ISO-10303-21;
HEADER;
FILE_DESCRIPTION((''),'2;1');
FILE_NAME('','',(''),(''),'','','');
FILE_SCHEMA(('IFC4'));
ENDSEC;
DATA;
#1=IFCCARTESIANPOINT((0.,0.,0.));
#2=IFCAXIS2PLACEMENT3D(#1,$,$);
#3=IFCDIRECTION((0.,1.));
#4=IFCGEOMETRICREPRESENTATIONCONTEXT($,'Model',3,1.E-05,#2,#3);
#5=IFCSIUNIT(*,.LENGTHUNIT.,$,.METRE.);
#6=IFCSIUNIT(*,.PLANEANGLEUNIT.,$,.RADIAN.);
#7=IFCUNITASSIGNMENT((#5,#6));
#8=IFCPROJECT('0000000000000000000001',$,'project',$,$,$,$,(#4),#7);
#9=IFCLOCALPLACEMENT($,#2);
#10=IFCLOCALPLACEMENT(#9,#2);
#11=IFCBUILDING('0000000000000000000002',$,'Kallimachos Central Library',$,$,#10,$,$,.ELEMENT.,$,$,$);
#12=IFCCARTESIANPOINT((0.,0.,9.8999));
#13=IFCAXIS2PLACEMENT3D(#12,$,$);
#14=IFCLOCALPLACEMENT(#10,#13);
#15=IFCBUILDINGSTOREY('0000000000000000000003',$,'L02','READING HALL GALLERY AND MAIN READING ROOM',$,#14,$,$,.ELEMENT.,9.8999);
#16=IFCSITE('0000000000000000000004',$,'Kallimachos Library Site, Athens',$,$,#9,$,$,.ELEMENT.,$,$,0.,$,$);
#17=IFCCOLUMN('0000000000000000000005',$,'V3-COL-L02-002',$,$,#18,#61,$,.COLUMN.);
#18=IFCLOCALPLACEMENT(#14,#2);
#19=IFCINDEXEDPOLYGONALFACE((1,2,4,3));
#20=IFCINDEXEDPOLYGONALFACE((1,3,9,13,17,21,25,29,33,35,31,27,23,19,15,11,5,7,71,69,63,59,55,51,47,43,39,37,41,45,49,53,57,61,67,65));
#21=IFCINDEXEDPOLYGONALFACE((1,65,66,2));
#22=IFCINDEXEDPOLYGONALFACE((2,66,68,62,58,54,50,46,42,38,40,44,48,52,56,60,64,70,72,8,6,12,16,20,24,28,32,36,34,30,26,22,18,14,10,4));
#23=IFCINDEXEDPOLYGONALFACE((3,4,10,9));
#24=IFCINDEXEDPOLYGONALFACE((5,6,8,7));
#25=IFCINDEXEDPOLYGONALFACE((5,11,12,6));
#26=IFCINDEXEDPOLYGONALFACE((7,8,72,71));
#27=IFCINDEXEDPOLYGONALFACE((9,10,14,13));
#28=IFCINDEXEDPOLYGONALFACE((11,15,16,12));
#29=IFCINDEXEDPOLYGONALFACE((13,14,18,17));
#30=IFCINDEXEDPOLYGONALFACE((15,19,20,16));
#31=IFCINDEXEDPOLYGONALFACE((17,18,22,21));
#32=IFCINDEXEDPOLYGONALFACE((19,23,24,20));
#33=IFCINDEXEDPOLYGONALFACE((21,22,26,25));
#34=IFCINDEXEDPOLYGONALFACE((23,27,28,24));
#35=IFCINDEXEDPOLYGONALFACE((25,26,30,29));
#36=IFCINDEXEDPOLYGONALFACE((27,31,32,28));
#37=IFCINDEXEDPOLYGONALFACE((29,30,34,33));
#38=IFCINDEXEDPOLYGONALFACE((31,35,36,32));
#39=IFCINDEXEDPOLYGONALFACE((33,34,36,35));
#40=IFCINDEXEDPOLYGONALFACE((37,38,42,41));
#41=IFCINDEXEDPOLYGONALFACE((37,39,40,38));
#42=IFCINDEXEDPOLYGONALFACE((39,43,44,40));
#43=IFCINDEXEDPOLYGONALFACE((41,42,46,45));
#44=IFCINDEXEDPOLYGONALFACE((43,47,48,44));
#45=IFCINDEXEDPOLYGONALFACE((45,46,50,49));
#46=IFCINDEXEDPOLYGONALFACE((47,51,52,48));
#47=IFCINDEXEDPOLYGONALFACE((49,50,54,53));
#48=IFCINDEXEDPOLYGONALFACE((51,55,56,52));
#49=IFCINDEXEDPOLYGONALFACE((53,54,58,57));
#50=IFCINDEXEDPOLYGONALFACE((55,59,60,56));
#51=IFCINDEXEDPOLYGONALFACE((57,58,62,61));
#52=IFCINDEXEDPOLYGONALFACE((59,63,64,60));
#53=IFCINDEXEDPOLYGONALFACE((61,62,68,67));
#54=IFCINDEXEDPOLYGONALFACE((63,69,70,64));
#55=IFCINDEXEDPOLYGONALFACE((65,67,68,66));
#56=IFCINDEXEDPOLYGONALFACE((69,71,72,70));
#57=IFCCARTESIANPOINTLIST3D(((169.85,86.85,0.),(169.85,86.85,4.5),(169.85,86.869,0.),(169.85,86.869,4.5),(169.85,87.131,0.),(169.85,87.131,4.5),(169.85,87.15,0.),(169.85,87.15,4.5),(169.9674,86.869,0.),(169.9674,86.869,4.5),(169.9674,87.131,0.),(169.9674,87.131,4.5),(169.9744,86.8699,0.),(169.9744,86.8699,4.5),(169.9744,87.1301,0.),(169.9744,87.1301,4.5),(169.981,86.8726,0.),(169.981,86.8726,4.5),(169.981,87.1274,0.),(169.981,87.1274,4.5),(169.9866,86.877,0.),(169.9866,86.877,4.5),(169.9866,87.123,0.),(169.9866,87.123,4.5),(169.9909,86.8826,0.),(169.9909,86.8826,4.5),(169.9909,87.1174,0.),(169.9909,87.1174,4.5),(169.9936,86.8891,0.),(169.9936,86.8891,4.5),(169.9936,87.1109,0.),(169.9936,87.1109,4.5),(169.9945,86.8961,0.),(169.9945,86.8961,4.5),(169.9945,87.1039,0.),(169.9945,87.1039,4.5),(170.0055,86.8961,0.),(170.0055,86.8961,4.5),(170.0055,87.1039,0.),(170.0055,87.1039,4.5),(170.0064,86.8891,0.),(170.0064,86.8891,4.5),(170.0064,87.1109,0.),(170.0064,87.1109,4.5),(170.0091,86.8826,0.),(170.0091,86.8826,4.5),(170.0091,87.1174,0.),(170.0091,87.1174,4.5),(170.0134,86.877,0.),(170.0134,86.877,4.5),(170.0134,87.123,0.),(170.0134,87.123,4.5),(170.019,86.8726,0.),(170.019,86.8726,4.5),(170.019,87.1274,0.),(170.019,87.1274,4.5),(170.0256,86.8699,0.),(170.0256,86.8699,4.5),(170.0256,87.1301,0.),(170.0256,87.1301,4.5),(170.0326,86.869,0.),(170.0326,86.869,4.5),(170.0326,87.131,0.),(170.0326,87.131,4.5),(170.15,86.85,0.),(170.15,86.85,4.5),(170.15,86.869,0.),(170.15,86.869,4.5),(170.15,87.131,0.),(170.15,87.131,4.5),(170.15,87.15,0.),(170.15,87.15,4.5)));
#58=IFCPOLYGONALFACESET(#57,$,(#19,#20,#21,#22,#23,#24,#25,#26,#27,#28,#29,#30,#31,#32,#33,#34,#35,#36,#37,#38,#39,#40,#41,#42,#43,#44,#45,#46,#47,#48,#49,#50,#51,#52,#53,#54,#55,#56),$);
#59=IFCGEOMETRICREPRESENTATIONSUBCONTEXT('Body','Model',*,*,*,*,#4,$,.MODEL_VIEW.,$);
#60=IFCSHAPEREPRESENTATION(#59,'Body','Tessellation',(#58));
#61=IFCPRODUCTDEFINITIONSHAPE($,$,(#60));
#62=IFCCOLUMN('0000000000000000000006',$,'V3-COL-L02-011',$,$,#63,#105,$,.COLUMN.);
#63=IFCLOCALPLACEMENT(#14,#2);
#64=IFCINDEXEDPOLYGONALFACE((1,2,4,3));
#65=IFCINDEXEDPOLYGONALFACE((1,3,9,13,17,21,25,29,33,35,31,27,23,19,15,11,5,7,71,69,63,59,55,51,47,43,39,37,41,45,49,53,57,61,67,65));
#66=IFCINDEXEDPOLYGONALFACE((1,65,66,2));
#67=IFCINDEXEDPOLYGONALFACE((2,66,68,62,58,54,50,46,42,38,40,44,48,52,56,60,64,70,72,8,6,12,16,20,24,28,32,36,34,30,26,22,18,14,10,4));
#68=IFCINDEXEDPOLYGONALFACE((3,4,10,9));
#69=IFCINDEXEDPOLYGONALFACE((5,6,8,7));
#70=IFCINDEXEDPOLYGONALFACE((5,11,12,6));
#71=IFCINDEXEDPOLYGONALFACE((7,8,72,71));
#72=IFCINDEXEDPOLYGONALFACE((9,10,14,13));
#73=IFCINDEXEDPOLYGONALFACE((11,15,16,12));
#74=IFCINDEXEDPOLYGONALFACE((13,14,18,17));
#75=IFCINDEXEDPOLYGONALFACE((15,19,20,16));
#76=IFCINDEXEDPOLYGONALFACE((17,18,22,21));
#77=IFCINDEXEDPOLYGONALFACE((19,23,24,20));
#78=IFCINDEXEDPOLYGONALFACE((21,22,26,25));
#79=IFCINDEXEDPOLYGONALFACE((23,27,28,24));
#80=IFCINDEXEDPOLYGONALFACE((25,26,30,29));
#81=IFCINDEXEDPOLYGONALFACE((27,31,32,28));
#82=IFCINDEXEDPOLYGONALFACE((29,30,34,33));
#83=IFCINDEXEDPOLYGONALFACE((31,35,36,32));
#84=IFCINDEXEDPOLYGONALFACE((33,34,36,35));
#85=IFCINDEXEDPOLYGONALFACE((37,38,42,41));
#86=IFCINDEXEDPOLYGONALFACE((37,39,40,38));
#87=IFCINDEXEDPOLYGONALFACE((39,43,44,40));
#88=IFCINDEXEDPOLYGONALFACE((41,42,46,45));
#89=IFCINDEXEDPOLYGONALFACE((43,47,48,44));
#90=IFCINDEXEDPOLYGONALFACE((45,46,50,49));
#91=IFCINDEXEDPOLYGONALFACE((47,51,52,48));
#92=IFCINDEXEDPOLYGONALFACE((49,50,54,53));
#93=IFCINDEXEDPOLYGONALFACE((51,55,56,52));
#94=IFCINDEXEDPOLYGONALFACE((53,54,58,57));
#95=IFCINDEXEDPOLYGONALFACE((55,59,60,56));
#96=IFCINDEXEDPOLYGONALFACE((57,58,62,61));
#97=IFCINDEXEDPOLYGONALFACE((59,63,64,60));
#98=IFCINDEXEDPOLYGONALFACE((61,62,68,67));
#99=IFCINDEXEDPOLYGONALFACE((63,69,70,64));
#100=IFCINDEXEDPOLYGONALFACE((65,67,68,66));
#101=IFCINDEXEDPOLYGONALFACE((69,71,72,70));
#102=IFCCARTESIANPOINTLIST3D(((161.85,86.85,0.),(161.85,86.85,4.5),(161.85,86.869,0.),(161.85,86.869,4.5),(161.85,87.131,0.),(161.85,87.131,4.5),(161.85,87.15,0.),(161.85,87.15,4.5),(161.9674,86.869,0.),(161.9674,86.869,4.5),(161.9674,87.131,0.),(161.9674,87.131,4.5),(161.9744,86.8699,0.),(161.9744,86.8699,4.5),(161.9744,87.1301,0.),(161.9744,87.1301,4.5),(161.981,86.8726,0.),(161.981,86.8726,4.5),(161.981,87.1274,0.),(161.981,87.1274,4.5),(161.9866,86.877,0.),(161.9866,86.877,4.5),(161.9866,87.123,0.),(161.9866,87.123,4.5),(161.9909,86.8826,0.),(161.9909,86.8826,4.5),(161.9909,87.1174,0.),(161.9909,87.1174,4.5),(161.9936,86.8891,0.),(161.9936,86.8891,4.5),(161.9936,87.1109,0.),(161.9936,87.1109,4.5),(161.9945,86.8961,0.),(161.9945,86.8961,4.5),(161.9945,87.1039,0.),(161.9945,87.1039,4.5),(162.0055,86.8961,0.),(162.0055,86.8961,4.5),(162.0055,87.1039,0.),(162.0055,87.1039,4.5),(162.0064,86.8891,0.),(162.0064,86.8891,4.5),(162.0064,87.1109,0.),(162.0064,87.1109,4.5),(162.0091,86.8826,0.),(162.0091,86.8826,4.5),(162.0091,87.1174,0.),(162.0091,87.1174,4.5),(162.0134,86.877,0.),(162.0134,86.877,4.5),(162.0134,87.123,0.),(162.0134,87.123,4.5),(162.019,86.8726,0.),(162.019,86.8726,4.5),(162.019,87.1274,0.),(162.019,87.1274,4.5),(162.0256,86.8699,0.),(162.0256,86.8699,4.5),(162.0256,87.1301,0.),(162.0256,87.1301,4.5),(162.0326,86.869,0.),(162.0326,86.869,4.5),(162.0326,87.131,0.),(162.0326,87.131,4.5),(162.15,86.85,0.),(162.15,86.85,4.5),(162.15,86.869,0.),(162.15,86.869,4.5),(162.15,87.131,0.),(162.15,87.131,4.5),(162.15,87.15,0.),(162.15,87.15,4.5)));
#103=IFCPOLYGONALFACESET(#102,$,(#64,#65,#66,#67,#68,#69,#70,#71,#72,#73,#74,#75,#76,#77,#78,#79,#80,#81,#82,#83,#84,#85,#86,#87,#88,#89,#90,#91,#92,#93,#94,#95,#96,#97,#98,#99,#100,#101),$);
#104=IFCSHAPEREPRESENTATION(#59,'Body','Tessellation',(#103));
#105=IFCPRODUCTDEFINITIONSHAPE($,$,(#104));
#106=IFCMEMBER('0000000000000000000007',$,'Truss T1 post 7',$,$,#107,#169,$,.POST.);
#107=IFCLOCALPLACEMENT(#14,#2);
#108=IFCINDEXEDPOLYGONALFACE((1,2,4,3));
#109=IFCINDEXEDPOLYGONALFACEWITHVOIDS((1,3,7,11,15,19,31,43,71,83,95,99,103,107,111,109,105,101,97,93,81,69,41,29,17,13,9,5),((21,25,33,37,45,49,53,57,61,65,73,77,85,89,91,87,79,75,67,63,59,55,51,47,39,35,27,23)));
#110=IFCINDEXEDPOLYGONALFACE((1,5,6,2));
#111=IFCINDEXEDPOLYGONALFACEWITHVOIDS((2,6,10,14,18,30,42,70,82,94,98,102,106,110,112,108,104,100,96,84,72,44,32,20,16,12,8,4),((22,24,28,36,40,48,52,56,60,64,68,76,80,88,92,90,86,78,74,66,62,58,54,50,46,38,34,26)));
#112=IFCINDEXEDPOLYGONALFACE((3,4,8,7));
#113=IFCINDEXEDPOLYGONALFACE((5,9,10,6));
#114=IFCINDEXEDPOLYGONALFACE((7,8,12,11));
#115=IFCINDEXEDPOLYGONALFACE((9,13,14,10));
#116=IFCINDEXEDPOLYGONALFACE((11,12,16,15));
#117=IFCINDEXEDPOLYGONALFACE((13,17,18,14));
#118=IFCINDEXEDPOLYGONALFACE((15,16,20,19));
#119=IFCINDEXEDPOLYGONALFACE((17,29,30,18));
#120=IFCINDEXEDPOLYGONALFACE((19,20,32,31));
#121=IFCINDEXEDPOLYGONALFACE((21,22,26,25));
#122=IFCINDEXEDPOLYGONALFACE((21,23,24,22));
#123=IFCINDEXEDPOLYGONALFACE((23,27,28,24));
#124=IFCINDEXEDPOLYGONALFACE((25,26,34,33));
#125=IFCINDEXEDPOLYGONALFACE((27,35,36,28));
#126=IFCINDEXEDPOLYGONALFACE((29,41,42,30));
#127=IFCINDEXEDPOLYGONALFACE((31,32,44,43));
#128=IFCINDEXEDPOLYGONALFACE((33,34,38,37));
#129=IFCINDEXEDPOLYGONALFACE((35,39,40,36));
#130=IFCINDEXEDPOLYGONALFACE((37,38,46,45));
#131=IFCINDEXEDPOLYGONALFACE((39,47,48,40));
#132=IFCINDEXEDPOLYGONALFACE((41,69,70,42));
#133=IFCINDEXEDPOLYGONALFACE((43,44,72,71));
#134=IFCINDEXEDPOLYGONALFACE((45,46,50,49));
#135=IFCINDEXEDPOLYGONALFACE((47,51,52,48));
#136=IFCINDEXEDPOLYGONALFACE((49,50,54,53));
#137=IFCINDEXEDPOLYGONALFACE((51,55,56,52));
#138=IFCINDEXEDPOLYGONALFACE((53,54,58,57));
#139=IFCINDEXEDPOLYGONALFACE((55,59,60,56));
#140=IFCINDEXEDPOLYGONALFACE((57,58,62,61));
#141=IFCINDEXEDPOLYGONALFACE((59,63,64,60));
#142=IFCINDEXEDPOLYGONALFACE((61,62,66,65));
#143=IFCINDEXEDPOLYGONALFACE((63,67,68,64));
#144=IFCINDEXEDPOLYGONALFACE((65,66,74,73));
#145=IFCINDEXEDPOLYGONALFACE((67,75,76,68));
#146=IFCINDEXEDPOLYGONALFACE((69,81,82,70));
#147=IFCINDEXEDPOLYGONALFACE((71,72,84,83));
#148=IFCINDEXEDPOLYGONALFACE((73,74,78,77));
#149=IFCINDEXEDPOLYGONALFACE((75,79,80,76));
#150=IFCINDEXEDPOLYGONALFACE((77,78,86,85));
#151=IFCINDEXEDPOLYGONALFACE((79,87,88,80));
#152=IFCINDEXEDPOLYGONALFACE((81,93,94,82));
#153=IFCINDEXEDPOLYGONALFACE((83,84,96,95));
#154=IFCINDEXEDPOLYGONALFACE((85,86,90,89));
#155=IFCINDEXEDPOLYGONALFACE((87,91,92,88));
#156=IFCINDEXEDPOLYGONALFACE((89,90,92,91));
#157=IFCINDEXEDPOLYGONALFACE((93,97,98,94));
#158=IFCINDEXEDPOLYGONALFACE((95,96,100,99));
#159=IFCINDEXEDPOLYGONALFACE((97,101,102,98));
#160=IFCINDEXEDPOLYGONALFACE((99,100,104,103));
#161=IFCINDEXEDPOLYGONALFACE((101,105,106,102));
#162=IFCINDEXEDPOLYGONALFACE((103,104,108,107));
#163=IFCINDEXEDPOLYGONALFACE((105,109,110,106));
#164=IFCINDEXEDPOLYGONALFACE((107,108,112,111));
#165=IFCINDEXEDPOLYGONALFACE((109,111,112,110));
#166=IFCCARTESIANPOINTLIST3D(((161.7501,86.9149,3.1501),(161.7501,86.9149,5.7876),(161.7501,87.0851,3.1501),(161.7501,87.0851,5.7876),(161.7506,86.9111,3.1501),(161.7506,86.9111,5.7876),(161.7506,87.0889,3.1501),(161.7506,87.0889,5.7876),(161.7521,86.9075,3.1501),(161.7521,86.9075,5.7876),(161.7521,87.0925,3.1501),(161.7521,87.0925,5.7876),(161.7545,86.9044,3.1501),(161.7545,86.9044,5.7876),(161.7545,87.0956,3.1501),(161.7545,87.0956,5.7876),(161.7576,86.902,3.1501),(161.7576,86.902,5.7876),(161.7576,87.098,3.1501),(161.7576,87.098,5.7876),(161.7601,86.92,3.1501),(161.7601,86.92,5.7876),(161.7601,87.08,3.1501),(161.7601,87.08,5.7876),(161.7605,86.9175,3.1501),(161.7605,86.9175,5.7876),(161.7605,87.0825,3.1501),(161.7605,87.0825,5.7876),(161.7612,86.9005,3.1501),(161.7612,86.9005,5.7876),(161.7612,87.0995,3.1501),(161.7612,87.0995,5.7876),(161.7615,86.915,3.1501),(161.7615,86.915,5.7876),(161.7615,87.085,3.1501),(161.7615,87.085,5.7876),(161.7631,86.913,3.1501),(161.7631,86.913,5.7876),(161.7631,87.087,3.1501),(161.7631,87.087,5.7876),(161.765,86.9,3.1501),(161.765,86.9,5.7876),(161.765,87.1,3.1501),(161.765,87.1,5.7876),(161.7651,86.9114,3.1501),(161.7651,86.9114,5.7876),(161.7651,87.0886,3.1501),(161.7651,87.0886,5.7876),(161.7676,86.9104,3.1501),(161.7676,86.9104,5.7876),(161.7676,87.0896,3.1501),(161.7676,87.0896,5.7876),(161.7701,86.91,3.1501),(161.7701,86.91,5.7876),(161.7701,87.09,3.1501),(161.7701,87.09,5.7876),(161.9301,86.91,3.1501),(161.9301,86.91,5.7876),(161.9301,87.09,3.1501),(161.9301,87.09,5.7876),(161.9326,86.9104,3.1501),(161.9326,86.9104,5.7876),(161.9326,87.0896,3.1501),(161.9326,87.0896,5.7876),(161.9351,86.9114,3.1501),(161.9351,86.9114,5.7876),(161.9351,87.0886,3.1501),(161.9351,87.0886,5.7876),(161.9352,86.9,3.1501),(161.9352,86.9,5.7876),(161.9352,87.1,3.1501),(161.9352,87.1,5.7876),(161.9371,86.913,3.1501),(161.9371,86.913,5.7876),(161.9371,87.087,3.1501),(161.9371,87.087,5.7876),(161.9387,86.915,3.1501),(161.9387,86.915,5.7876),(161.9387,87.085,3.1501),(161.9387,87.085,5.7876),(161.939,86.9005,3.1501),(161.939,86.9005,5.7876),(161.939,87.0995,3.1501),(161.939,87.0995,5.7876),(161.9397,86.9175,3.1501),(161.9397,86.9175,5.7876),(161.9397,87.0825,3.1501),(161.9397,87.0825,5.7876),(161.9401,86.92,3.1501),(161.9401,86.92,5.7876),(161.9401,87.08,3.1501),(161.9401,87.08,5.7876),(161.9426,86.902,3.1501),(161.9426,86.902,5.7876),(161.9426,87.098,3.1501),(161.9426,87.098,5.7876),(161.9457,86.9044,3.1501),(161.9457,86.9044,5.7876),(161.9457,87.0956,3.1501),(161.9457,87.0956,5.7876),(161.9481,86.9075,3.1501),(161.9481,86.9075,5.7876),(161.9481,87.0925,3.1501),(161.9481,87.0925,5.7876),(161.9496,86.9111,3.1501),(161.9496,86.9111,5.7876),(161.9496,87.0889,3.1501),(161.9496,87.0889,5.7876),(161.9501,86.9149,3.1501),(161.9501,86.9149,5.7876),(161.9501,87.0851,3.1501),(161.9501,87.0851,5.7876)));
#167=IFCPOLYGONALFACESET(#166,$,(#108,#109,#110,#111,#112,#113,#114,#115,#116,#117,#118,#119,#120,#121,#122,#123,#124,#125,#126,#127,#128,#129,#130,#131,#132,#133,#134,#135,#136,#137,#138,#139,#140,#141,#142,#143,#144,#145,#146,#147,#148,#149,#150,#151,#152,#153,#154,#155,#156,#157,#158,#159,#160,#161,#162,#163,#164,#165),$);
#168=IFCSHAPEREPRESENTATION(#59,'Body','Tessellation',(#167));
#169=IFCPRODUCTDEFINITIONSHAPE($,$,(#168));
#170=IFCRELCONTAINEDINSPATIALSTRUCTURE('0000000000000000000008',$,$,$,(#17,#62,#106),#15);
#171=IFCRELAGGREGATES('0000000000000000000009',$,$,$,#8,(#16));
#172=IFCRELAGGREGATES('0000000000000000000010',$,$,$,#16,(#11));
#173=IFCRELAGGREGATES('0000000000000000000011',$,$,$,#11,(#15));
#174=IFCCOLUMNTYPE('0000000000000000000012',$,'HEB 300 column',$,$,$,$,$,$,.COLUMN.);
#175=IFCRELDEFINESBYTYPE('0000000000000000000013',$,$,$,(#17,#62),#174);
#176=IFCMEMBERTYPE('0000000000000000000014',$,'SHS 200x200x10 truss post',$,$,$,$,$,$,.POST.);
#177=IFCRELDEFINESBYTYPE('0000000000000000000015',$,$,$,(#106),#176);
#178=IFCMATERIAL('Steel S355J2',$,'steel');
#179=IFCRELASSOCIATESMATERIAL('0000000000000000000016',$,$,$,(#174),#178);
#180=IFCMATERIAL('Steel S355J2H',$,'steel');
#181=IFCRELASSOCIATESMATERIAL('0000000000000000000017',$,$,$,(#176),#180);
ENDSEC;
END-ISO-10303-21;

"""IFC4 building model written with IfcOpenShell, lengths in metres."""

from ifc_helpers import new_model, si_unit, direction, frame, origin, origin_2d, place, context, subcontext, project, spatial, hollow_rectangle, i_section, extrude, material, material_profile, profile_set, type_object, element, save


model = new_model("IFC4")

# Units and contexts
model_context = context("Model", 3, precision=1e-05, world=origin(), true_north=direction((0.0, 1.0)))
body_context = subcontext(model_context, "Body", "Model", "MODEL_VIEW")
ifc_project = project(units=[si_unit("LENGTHUNIT", "METRE"), si_unit("PLANEANGLEUNIT", "RADIAN")], contexts=[model_context])

# Site, building, storey
site_placement = place(None, origin())
site = spatial("IfcSite", under=ifc_project, at=site_placement, Name="Kallimachos Library Site, Athens", CompositionType="ELEMENT", RefElevation=0.0)
building_placement = place(site_placement, origin())
building = spatial("IfcBuilding", under=site, at=building_placement, Name="Kallimachos Central Library", CompositionType="ELEMENT")
storey_placement = place(building_placement, frame((0.0, 0.0, 9.8999)))
storey = spatial("IfcBuildingStorey", under=building, at=storey_placement, Name="L02", Description="READING HALL GALLERY AND MAIN READING ROOM", CompositionType="ELEMENT", Elevation=9.8999)

# Columns
ifc_material_1 = material(Name="Steel S355J2", Category="steel")
ifc_material_profile_1 = material_profile(ifc_material_1, i_section(OverallWidth=0.3, OverallDepth=0.3, WebThickness=0.011, FlangeThickness=0.019, FilletRadius=0.0271, at=origin_2d()), Name="HEB 300")
ifc_profile_set_1 = profile_set([ifc_material_profile_1], Name="Steel S355J2")
column_type = type_object("IfcColumnType", Name="HEB 300 column", PredefinedType="COLUMN", material=ifc_profile_set_1)
for number, where, z_axis, x_axis, name in (
    (1, (170.0, 87.0, 0.0), (0.0, 0.0, 1.0), (1.0, 0.0, 0.0), "V3-COL-L02-002"),
    (2, (162.0, 87.0, 0.0), (0.0, 0.0, 1.0), (1.0, 0.0, 0.0), "V3-COL-L02-011"),
):
    element("IfcColumn", number, at=place(storey_placement, frame(where, z_axis=z_axis, x_axis=x_axis)), inside=storey, type_object=column_type, Name=name, PredefinedType="COLUMN", context=body_context, shape_type="SweptSolid", body=[
        extrude(i_section(OverallWidth=0.3, OverallDepth=0.3, WebThickness=0.011, FlangeThickness=0.019, FilletRadius=0.0271, at=origin_2d()), origin(), (0.0, 0.0, 1.0), 4.5),
    ])

# Member
ifc_material_2 = material(Name="Steel S355J2H", Category="steel")
ifc_material_profile_2 = material_profile(ifc_material_2, hollow_rectangle(XDim=0.2, YDim=0.2, WallThickness=0.01, InnerFilletRadius=0.01, OuterFilletRadius=0.0149, at=origin_2d()), Name="SHS 200x200x10")
ifc_profile_set_2 = profile_set([ifc_material_profile_2], Name="Steel S355J2H")
member_type = type_object("IfcMemberType", Name="SHS 200x200x10 truss post", PredefinedType="POST", material=ifc_profile_set_2)
member_placement = place(storey_placement, frame((161.8501, 87.0, 3.1501), z_axis=(0.0, 0.0, 1.0), x_axis=(1.0, 0.0, 0.0)))
element("IfcMember", 3, at=member_placement, inside=storey, type_object=member_type, Name="Truss T1 post 7", PredefinedType="POST", context=body_context, shape_type="SweptSolid", body=[
    extrude(hollow_rectangle(XDim=0.2, YDim=0.2, WallThickness=0.01, InnerFilletRadius=0.01, OuterFilletRadius=0.0149, at=origin_2d()), origin(), (0.0, 0.0, 1.0), 2.6375),
])

save(model, "model.ifc")
